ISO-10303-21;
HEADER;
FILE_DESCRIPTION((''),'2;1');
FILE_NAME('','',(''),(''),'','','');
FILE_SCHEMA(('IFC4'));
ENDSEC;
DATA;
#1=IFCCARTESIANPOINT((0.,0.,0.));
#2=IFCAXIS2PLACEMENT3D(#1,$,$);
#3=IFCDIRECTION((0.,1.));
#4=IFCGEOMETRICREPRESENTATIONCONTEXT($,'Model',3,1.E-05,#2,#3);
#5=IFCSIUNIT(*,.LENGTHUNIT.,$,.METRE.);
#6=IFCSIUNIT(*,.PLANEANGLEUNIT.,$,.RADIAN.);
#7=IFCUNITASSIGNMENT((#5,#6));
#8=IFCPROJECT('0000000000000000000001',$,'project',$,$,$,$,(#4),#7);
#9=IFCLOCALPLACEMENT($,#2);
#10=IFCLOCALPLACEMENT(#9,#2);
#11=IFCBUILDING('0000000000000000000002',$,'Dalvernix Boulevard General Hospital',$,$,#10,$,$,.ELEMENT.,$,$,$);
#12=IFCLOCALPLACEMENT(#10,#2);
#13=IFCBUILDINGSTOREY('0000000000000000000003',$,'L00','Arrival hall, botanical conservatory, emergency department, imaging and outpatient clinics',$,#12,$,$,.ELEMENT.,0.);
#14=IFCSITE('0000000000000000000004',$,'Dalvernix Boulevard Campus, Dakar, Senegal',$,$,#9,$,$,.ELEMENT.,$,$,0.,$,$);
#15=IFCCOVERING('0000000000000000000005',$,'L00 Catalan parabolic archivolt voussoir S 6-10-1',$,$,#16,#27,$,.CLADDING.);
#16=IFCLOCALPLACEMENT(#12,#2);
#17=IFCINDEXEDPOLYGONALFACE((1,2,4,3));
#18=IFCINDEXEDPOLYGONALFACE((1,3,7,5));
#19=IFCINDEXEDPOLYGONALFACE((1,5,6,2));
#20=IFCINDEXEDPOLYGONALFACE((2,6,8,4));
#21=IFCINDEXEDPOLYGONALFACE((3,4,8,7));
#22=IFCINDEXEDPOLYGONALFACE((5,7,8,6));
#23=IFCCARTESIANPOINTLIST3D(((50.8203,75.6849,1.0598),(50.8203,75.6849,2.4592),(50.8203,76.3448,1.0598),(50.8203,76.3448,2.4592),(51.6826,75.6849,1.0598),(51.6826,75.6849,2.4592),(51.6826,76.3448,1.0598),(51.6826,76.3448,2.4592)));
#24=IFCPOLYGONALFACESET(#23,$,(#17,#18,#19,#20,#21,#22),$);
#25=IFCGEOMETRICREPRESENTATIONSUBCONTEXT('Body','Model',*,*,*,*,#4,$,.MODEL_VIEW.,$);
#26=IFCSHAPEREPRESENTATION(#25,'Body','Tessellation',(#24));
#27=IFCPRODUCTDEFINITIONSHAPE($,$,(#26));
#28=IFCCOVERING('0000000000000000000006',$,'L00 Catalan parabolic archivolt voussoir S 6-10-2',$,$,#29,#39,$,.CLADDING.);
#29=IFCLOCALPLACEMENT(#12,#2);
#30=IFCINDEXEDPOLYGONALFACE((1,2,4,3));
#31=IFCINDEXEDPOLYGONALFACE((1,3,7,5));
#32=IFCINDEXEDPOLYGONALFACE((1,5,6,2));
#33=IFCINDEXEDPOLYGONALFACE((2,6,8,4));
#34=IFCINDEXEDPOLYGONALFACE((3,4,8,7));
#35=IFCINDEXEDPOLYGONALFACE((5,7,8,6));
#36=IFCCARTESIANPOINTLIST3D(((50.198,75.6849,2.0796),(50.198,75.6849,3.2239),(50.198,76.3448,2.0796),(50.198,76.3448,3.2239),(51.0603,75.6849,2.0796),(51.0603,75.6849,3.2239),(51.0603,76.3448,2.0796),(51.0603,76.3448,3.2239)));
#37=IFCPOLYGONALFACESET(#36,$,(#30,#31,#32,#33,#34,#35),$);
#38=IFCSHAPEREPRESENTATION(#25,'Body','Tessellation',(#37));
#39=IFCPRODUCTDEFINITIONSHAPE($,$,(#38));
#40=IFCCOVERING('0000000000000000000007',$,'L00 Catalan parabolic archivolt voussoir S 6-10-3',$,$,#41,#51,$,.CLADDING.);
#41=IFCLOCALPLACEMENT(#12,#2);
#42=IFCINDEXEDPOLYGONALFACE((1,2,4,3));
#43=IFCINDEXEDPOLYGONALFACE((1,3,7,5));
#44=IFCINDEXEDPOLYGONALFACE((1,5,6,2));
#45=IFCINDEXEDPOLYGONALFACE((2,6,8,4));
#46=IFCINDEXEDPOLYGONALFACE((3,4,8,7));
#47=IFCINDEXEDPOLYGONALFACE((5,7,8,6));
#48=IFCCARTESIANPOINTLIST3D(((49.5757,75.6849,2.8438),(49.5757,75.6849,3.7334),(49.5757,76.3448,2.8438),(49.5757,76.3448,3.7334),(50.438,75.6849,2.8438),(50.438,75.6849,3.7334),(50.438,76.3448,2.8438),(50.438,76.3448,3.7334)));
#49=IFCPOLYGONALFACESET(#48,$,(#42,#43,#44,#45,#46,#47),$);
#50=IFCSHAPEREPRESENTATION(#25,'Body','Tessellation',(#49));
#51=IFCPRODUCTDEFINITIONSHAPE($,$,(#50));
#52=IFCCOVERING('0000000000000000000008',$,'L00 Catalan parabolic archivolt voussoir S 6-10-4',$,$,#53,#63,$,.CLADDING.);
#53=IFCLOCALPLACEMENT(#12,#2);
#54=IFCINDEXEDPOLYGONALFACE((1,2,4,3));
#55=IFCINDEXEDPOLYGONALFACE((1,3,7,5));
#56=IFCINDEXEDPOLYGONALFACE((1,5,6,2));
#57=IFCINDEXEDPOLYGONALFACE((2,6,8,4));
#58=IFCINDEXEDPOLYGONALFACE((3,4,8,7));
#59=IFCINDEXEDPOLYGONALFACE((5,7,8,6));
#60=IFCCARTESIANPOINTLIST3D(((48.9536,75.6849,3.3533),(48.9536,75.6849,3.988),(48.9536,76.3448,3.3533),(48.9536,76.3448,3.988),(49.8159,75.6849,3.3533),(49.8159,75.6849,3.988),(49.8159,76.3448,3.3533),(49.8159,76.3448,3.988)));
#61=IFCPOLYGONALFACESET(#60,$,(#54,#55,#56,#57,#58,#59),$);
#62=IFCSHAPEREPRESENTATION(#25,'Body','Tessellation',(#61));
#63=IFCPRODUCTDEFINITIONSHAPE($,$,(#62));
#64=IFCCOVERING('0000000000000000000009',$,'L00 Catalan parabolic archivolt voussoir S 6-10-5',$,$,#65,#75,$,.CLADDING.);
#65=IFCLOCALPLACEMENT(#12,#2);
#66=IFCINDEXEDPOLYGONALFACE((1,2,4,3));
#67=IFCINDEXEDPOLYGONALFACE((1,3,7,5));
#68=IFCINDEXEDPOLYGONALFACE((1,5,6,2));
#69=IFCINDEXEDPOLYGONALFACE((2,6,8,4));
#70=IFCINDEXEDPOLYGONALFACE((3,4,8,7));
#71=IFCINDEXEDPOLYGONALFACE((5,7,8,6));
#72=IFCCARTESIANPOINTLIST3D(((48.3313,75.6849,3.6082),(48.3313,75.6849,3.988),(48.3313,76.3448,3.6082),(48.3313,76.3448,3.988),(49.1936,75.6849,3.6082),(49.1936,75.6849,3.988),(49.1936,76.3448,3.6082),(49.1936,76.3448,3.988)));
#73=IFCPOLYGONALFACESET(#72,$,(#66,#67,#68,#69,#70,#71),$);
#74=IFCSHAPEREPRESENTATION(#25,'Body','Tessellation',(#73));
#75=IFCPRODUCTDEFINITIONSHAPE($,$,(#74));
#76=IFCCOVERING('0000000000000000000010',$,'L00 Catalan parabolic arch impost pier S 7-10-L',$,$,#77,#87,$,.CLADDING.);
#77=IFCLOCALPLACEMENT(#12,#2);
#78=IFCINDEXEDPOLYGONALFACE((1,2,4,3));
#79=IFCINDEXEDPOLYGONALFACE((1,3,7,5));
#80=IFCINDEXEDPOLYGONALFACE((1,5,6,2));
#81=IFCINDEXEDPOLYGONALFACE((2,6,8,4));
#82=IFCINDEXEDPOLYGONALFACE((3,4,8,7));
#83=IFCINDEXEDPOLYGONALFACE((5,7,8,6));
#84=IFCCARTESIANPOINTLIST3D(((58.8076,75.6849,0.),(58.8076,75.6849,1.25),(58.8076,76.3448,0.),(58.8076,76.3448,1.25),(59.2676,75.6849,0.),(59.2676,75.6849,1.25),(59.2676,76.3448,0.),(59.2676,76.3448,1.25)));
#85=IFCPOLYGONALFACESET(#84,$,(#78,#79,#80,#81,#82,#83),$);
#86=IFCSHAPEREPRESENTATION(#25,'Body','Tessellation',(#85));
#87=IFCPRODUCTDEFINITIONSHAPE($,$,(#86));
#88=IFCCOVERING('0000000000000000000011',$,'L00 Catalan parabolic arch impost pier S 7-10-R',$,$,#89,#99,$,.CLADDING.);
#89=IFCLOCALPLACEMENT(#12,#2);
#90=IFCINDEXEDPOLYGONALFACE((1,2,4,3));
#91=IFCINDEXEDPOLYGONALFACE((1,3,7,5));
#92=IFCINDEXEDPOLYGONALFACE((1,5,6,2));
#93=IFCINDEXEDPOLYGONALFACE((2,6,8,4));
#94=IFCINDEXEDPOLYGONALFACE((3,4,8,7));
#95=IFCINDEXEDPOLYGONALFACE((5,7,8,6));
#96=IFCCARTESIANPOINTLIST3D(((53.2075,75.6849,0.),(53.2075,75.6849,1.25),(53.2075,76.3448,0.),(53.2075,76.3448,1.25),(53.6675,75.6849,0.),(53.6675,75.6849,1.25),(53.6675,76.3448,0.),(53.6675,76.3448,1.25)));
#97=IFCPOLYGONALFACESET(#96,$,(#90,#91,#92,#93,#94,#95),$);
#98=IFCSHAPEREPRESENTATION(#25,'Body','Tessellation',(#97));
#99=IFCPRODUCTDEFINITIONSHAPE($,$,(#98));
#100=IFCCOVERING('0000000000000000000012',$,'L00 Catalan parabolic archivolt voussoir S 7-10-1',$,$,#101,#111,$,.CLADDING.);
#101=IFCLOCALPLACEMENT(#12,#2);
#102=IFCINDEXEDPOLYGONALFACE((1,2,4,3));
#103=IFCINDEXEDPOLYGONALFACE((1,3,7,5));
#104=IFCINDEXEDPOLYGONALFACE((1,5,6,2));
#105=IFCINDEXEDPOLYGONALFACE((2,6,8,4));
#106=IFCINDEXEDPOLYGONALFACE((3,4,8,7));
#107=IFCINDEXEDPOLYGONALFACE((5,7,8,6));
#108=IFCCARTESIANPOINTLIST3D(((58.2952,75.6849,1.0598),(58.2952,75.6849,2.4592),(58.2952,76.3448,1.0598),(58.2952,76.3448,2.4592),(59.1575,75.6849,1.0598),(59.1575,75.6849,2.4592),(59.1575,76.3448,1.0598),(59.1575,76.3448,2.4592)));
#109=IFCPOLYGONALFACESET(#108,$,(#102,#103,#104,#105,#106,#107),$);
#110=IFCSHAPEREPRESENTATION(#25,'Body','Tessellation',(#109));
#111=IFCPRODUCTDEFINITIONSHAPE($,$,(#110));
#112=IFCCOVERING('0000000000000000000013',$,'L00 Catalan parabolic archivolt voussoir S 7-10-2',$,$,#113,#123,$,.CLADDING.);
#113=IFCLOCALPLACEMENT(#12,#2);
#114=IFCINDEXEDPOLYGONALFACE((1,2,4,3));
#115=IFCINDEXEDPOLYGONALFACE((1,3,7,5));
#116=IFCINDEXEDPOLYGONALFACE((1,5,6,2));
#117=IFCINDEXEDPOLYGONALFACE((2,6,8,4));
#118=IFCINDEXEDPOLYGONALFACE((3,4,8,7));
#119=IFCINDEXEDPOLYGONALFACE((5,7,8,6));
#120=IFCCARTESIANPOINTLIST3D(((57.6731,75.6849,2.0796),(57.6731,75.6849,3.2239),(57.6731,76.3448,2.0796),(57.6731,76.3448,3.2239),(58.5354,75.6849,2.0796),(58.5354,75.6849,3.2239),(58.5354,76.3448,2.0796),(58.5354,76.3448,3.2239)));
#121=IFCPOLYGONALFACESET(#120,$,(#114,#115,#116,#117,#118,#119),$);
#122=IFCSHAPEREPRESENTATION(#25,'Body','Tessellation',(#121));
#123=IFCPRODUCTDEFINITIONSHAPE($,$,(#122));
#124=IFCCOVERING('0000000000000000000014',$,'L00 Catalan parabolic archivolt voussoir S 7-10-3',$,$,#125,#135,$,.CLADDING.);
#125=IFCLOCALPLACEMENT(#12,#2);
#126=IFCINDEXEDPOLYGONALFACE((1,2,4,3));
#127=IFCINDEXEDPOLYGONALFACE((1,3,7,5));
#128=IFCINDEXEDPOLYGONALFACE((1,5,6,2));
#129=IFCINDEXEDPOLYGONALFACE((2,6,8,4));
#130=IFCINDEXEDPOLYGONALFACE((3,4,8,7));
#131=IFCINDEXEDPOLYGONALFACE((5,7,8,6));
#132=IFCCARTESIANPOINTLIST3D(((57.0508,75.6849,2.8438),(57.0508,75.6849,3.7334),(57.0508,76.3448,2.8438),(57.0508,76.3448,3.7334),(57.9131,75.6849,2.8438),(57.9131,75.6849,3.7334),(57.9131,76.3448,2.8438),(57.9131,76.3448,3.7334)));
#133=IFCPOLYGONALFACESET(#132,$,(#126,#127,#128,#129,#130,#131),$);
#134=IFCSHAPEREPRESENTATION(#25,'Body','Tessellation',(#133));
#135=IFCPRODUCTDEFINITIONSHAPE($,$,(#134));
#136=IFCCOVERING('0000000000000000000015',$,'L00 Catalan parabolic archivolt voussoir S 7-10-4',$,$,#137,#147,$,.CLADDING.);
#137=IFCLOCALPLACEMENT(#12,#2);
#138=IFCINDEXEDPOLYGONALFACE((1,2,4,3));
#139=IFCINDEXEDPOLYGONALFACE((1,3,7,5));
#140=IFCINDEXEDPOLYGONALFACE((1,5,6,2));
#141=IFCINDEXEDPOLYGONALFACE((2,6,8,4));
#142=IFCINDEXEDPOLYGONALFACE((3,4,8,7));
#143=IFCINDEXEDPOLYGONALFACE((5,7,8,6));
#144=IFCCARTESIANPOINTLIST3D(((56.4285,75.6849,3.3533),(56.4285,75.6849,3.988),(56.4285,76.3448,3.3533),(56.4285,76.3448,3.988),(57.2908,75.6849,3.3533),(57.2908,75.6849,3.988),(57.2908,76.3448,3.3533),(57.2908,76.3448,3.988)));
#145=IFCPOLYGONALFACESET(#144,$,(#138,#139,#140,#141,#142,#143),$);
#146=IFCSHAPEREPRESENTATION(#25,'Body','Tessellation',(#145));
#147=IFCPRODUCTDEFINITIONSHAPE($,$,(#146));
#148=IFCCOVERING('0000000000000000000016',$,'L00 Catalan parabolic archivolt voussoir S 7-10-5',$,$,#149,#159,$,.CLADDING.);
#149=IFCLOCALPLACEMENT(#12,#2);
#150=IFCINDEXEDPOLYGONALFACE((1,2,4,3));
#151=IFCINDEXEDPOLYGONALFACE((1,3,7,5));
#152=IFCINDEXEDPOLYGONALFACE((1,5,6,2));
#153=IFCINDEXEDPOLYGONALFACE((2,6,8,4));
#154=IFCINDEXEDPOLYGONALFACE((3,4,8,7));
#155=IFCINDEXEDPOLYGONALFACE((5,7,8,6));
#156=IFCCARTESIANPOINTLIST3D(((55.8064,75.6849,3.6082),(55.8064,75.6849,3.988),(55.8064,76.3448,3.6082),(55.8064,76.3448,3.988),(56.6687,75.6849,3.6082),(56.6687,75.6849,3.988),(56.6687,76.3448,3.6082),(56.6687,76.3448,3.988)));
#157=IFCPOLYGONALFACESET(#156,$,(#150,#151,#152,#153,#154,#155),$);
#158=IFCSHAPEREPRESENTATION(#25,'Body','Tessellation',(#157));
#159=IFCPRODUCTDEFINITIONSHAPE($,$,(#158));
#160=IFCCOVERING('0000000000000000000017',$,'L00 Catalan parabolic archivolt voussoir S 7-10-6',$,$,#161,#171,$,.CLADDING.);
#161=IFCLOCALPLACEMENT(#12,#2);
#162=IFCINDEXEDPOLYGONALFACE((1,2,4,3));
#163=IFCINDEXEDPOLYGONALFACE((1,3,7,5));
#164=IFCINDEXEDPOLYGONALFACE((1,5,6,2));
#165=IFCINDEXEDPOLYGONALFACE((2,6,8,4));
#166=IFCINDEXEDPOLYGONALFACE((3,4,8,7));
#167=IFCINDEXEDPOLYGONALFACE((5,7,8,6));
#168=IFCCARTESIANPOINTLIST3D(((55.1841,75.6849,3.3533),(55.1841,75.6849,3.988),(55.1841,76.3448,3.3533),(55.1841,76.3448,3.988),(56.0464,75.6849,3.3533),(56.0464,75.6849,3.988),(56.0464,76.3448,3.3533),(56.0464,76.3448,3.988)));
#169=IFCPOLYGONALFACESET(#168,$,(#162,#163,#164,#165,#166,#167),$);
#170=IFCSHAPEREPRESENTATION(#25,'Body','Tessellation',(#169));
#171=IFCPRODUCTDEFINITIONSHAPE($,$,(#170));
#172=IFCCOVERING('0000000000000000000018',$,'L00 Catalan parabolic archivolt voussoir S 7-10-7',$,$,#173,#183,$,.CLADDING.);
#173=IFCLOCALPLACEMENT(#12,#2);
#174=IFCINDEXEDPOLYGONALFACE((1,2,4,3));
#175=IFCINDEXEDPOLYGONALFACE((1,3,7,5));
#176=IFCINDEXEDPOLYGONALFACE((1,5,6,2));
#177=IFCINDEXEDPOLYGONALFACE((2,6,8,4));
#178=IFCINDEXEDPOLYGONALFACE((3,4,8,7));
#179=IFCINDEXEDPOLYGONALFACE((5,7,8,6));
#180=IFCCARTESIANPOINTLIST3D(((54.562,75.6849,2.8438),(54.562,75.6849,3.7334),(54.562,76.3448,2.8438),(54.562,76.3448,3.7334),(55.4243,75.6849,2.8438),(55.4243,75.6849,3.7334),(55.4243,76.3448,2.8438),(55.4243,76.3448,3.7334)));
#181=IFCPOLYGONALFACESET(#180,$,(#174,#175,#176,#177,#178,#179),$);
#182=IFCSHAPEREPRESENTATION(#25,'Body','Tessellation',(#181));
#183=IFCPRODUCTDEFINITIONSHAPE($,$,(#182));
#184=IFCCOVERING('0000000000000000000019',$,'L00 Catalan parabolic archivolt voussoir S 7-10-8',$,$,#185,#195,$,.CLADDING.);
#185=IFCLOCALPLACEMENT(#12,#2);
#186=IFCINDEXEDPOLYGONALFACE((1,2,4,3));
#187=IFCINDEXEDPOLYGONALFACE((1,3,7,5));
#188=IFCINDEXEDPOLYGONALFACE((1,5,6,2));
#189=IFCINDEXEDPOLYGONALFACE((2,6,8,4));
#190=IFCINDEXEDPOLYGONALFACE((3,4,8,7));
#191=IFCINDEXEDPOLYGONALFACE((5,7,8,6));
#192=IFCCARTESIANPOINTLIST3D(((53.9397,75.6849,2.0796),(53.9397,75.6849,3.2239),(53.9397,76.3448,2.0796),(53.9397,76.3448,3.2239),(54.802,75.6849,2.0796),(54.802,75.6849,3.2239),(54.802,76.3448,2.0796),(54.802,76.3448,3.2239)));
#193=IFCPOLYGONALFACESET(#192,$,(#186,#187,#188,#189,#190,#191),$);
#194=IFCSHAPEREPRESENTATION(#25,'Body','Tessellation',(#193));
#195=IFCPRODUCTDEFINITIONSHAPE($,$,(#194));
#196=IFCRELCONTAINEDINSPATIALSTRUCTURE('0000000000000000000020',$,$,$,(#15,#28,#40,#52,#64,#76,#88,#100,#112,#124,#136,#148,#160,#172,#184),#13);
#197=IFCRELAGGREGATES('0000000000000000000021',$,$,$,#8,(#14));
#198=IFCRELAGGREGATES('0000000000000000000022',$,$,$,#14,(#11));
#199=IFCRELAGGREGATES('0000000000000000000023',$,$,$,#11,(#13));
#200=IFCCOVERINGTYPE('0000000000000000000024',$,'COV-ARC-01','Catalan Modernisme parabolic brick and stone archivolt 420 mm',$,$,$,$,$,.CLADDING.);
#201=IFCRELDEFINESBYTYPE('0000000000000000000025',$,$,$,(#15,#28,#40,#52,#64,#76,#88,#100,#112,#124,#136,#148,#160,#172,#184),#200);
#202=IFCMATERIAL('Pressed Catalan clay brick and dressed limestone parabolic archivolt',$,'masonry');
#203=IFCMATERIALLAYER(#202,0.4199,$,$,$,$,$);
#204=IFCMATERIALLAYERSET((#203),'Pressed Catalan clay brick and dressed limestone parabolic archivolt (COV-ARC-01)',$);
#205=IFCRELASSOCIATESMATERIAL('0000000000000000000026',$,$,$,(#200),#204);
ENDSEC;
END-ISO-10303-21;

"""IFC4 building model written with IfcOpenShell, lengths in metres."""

from ifc_helpers import new_model, si_unit, direction, frame, origin, origin_2d, place, context, subcontext, project, spatial, rectangle, extrude, material, layer, layer_set, type_object, element, save


model = new_model("IFC4")

# Units and contexts
model_context = context("Model", 3, precision=1e-05, world=origin(), true_north=direction((0.0, 1.0)))
body_context = subcontext(model_context, "Body", "Model", "MODEL_VIEW")
ifc_project = project(units=[si_unit("LENGTHUNIT", "METRE"), si_unit("PLANEANGLEUNIT", "RADIAN")], contexts=[model_context])

# Site, building, storey
site_placement = place(None, origin())
site = spatial("IfcSite", under=ifc_project, at=site_placement, Name="Dalvernix Boulevard Campus, Dakar, Senegal", CompositionType="ELEMENT", RefElevation=0.0)
building_placement = place(site_placement, origin())
building = spatial("IfcBuilding", under=site, at=building_placement, Name="Dalvernix Boulevard General Hospital", CompositionType="ELEMENT")
storey_placement = place(building_placement, origin())
storey = spatial("IfcBuildingStorey", under=building, at=storey_placement, Name="L00", Description="Arrival hall, botanical conservatory, emergency department, imaging and outpatient clinics", CompositionType="ELEMENT", Elevation=0.0)

# Coverings
ifc_material_1 = material(Name="Pressed Catalan clay brick and dressed limestone parabolic archivolt", Category="masonry")
ifc_layer_1 = layer(ifc_material_1, 0.4199)
ifc_layer_set_1 = layer_set([ifc_layer_1], Name="Pressed Catalan clay brick and dressed limestone parabolic archivolt (COV-ARC-01)")
covering_type_1 = type_object("IfcCoveringType", Name="COV-ARC-01", Description="Catalan Modernisme parabolic brick and stone archivolt 420 mm", PredefinedType="CLADDING", material=ifc_layer_set_1)
covering_1_placement = place(storey_placement, frame((51.2515, 76.0149, 1.0598), z_axis=(0.0, 0.0, 1.0), x_axis=(-1.0, 0.0, 0.0)))
element("IfcCovering", 1, at=covering_1_placement, inside=storey, type_object=covering_type_1, Name="L00 Catalan parabolic archivolt voussoir S 6-10-1", PredefinedType="CLADDING", context=body_context, shape_type="SweptSolid", body=[
    extrude(rectangle(XDim=0.8623, YDim=0.6599, at=origin_2d()), origin(), (0.0, 0.0, 1.0), 1.3994),
])
covering_2_placement = place(storey_placement, frame((50.6292, 76.0149, 2.0796), z_axis=(0.0, 0.0, 1.0), x_axis=(-1.0, 0.0, 0.0)))
element("IfcCovering", 2, at=covering_2_placement, inside=storey, type_object=covering_type_1, Name="L00 Catalan parabolic archivolt voussoir S 6-10-2", PredefinedType="CLADDING", context=body_context, shape_type="SweptSolid", body=[
    extrude(rectangle(XDim=0.8623, YDim=0.6599, at=origin_2d()), origin(), (0.0, 0.0, 1.0), 1.1443),
])
covering_3_placement = place(storey_placement, frame((50.0068, 76.0149, 2.8438), z_axis=(0.0, 0.0, 1.0), x_axis=(-1.0, 0.0, 0.0)))
element("IfcCovering", 3, at=covering_3_placement, inside=storey, type_object=covering_type_1, Name="L00 Catalan parabolic archivolt voussoir S 6-10-3", PredefinedType="CLADDING", context=body_context, shape_type="SweptSolid", body=[
    extrude(rectangle(XDim=0.8623, YDim=0.6599, at=origin_2d()), origin(), (0.0, 0.0, 1.0), 0.8896),
])
covering_4_placement = place(storey_placement, frame((49.3848, 76.0149, 3.3533), z_axis=(0.0, 0.0, 1.0), x_axis=(-1.0, 0.0, 0.0)))
element("IfcCovering", 4, at=covering_4_placement, inside=storey, type_object=covering_type_1, Name="L00 Catalan parabolic archivolt voussoir S 6-10-4", PredefinedType="CLADDING", context=body_context, shape_type="SweptSolid", body=[
    extrude(rectangle(XDim=0.8623, YDim=0.6599, at=origin_2d()), origin(), (0.0, 0.0, 1.0), 0.6348),
])
covering_5_placement = place(storey_placement, frame((48.7625, 76.0149, 3.6082), z_axis=(0.0, 0.0, 1.0), x_axis=(-1.0, 0.0, 0.0)))
element("IfcCovering", 5, at=covering_5_placement, inside=storey, type_object=covering_type_1, Name="L00 Catalan parabolic archivolt voussoir S 6-10-5", PredefinedType="CLADDING", context=body_context, shape_type="SweptSolid", body=[
    extrude(rectangle(XDim=0.8623, YDim=0.6599, at=origin_2d()), origin(), (0.0, 0.0, 1.0), 0.3799),
])
for number, where, z_axis, x_axis, name in (
    (6, (59.0376, 76.0149, 0.0), (0.0, 0.0, 1.0), (-1.0, 0.0, 0.0), "L00 Catalan parabolic arch impost pier S 7-10-L"),
    (7, (53.4375, 76.0149, 0.0), (0.0, 0.0, 1.0), (-1.0, 0.0, 0.0), "L00 Catalan parabolic arch impost pier S 7-10-R"),
):
    element("IfcCovering", number, at=place(storey_placement, frame(where, z_axis=z_axis, x_axis=x_axis)), inside=storey, type_object=covering_type_1, Name=name, PredefinedType="CLADDING", context=body_context, shape_type="SweptSolid", body=[
        extrude(rectangle(XDim=0.46, YDim=0.6599, at=origin_2d()), origin(), (0.0, 0.0, 1.0), 1.25),
    ])
covering_6_placement = place(storey_placement, frame((58.7263, 76.0149, 1.0598), z_axis=(0.0, 0.0, 1.0), x_axis=(-1.0, 0.0, 0.0)))
element("IfcCovering", 8, at=covering_6_placement, inside=storey, type_object=covering_type_1, Name="L00 Catalan parabolic archivolt voussoir S 7-10-1", PredefinedType="CLADDING", context=body_context, shape_type="SweptSolid", body=[
    extrude(rectangle(XDim=0.8623, YDim=0.6599, at=origin_2d()), origin(), (0.0, 0.0, 1.0), 1.3994),
])
covering_7_placement = place(storey_placement, frame((58.1042, 76.0149, 2.0796), z_axis=(0.0, 0.0, 1.0), x_axis=(-1.0, 0.0, 0.0)))
element("IfcCovering", 9, at=covering_7_placement, inside=storey, type_object=covering_type_1, Name="L00 Catalan parabolic archivolt voussoir S 7-10-2", PredefinedType="CLADDING", context=body_context, shape_type="SweptSolid", body=[
    extrude(rectangle(XDim=0.8623, YDim=0.6599, at=origin_2d()), origin(), (0.0, 0.0, 1.0), 1.1443),
])
covering_8_placement = place(storey_placement, frame((57.4819, 76.0149, 2.8438), z_axis=(0.0, 0.0, 1.0), x_axis=(-1.0, 0.0, 0.0)))
element("IfcCovering", 10, at=covering_8_placement, inside=storey, type_object=covering_type_1, Name="L00 Catalan parabolic archivolt voussoir S 7-10-3", PredefinedType="CLADDING", context=body_context, shape_type="SweptSolid", body=[
    extrude(rectangle(XDim=0.8623, YDim=0.6599, at=origin_2d()), origin(), (0.0, 0.0, 1.0), 0.8896),
])
covering_9_placement = place(storey_placement, frame((56.8596, 76.0149, 3.3533), z_axis=(0.0, 0.0, 1.0), x_axis=(-1.0, 0.0, 0.0)))
element("IfcCovering", 11, at=covering_9_placement, inside=storey, type_object=covering_type_1, Name="L00 Catalan parabolic archivolt voussoir S 7-10-4", PredefinedType="CLADDING", context=body_context, shape_type="SweptSolid", body=[
    extrude(rectangle(XDim=0.8623, YDim=0.6599, at=origin_2d()), origin(), (0.0, 0.0, 1.0), 0.6348),
])
covering_10_placement = place(storey_placement, frame((56.2375, 76.0149, 3.6082), z_axis=(0.0, 0.0, 1.0), x_axis=(-1.0, 0.0, 0.0)))
element("IfcCovering", 12, at=covering_10_placement, inside=storey, type_object=covering_type_1, Name="L00 Catalan parabolic archivolt voussoir S 7-10-5", PredefinedType="CLADDING", context=body_context, shape_type="SweptSolid", body=[
    extrude(rectangle(XDim=0.8623, YDim=0.6599, at=origin_2d()), origin(), (0.0, 0.0, 1.0), 0.3799),
])
covering_11_placement = place(storey_placement, frame((55.6152, 76.0149, 3.3533), z_axis=(0.0, 0.0, 1.0), x_axis=(-1.0, 0.0, 0.0)))
element("IfcCovering", 13, at=covering_11_placement, inside=storey, type_object=covering_type_1, Name="L00 Catalan parabolic archivolt voussoir S 7-10-6", PredefinedType="CLADDING", context=body_context, shape_type="SweptSolid", body=[
    extrude(rectangle(XDim=0.8623, YDim=0.6599, at=origin_2d()), origin(), (0.0, 0.0, 1.0), 0.6348),
])
covering_12_placement = place(storey_placement, frame((54.9932, 76.0149, 2.8438), z_axis=(0.0, 0.0, 1.0), x_axis=(-1.0, 0.0, 0.0)))
element("IfcCovering", 14, at=covering_12_placement, inside=storey, type_object=covering_type_1, Name="L00 Catalan parabolic archivolt voussoir S 7-10-7", PredefinedType="CLADDING", context=body_context, shape_type="SweptSolid", body=[
    extrude(rectangle(XDim=0.8623, YDim=0.6599, at=origin_2d()), origin(), (0.0, 0.0, 1.0), 0.8896),
])
covering_13_placement = place(storey_placement, frame((54.3708, 76.0149, 2.0796), z_axis=(0.0, 0.0, 1.0), x_axis=(-1.0, 0.0, 0.0)))
element("IfcCovering", 15, at=covering_13_placement, inside=storey, type_object=covering_type_1, Name="L00 Catalan parabolic archivolt voussoir S 7-10-8", PredefinedType="CLADDING", context=body_context, shape_type="SweptSolid", body=[
    extrude(rectangle(XDim=0.8623, YDim=0.6599, at=origin_2d()), origin(), (0.0, 0.0, 1.0), 1.1443),
])

save(model, "model.ifc")
